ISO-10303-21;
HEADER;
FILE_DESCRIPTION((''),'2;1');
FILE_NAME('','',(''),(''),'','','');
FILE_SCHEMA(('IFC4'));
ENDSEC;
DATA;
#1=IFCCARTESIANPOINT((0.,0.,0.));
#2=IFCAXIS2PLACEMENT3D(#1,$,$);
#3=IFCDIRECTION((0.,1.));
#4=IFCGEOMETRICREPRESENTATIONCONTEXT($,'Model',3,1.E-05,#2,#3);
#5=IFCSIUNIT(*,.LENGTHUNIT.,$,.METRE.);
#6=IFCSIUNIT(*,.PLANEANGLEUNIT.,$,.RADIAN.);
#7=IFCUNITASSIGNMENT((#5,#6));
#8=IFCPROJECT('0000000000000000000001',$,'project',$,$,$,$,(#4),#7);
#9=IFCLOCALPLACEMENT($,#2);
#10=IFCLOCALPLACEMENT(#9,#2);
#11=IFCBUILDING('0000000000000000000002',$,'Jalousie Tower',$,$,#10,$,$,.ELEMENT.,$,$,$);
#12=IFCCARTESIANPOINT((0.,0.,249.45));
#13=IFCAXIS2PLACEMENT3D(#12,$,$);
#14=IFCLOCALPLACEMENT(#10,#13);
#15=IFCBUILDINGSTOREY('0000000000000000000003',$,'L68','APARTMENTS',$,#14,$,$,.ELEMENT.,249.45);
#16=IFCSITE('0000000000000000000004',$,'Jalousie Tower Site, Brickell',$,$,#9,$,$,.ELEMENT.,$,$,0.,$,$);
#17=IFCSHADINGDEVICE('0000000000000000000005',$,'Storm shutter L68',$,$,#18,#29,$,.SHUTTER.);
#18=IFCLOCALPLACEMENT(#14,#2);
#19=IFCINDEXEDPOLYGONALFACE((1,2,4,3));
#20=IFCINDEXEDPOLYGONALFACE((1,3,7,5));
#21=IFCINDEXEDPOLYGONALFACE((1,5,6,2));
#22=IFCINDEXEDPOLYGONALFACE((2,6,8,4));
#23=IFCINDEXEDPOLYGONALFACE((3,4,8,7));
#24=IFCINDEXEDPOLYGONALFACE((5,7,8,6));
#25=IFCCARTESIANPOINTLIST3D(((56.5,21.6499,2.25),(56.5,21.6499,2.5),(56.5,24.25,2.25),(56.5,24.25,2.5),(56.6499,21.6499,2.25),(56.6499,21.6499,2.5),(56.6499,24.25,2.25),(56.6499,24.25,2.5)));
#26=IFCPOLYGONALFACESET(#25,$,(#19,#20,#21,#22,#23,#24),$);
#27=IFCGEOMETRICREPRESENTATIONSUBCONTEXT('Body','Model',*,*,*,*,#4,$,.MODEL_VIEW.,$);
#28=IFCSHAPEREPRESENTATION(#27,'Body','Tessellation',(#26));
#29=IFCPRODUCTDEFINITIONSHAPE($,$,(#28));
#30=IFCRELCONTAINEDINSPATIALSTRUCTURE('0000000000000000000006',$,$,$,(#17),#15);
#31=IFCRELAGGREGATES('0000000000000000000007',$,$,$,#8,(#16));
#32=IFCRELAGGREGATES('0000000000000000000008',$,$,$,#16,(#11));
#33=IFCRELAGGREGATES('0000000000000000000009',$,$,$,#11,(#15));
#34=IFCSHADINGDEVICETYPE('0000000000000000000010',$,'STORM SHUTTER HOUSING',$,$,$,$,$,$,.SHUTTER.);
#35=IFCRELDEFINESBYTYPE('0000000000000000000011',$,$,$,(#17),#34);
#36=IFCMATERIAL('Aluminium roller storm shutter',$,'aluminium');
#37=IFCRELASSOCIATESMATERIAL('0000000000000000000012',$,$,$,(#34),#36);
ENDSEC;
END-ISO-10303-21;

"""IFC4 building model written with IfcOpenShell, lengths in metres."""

from ifc_helpers import new_model, si_unit, direction, frame, origin, origin_2d, place, context, subcontext, project, spatial, rectangle, extrude, material, type_object, element, save


model = new_model("IFC4")

# Units and contexts
model_context = context("Model", 3, precision=1e-05, world=origin(), true_north=direction((0.0, 1.0)))
body_context = subcontext(model_context, "Body", "Model", "MODEL_VIEW")
ifc_project = project(units=[si_unit("LENGTHUNIT", "METRE"), si_unit("PLANEANGLEUNIT", "RADIAN")], contexts=[model_context])

# Site, building, storey
site_placement = place(None, origin())
site = spatial("IfcSite", under=ifc_project, at=site_placement, Name="Jalousie Tower Site, Brickell", CompositionType="ELEMENT", RefElevation=0.0)
building_placement = place(site_placement, origin())
building = spatial("IfcBuilding", under=site, at=building_placement, Name="Jalousie Tower", CompositionType="ELEMENT")
storey_placement = place(building_placement, frame((0.0, 0.0, 249.45)))
storey = spatial("IfcBuildingStorey", under=building, at=storey_placement, Name="L68", Description="APARTMENTS", CompositionType="ELEMENT", Elevation=249.45)

# Shading device
ifc_material_1 = material(Name="Aluminium roller storm shutter", Category="aluminium")
shading_device_type_1 = type_object("IfcShadingDeviceType", Name="STORM SHUTTER HOUSING", PredefinedType="SHUTTER", material=ifc_material_1)
shading_device_placement = place(storey_placement, frame((56.575, 22.95, 2.25), z_axis=(0.0, 0.0, 1.0), x_axis=(0.0, 1.0, 0.0)))
element("IfcShadingDevice", 1, at=shading_device_placement, inside=storey, type_object=shading_device_type_1, Name="Storm shutter L68", PredefinedType="SHUTTER", context=body_context, shape_type="SweptSolid", body=[
    extrude(rectangle(XDim=2.6001, YDim=0.1499, at=origin_2d()), origin(), (0.0, 0.0, 1.0), 0.25),
])

save(model, "model.ifc")
